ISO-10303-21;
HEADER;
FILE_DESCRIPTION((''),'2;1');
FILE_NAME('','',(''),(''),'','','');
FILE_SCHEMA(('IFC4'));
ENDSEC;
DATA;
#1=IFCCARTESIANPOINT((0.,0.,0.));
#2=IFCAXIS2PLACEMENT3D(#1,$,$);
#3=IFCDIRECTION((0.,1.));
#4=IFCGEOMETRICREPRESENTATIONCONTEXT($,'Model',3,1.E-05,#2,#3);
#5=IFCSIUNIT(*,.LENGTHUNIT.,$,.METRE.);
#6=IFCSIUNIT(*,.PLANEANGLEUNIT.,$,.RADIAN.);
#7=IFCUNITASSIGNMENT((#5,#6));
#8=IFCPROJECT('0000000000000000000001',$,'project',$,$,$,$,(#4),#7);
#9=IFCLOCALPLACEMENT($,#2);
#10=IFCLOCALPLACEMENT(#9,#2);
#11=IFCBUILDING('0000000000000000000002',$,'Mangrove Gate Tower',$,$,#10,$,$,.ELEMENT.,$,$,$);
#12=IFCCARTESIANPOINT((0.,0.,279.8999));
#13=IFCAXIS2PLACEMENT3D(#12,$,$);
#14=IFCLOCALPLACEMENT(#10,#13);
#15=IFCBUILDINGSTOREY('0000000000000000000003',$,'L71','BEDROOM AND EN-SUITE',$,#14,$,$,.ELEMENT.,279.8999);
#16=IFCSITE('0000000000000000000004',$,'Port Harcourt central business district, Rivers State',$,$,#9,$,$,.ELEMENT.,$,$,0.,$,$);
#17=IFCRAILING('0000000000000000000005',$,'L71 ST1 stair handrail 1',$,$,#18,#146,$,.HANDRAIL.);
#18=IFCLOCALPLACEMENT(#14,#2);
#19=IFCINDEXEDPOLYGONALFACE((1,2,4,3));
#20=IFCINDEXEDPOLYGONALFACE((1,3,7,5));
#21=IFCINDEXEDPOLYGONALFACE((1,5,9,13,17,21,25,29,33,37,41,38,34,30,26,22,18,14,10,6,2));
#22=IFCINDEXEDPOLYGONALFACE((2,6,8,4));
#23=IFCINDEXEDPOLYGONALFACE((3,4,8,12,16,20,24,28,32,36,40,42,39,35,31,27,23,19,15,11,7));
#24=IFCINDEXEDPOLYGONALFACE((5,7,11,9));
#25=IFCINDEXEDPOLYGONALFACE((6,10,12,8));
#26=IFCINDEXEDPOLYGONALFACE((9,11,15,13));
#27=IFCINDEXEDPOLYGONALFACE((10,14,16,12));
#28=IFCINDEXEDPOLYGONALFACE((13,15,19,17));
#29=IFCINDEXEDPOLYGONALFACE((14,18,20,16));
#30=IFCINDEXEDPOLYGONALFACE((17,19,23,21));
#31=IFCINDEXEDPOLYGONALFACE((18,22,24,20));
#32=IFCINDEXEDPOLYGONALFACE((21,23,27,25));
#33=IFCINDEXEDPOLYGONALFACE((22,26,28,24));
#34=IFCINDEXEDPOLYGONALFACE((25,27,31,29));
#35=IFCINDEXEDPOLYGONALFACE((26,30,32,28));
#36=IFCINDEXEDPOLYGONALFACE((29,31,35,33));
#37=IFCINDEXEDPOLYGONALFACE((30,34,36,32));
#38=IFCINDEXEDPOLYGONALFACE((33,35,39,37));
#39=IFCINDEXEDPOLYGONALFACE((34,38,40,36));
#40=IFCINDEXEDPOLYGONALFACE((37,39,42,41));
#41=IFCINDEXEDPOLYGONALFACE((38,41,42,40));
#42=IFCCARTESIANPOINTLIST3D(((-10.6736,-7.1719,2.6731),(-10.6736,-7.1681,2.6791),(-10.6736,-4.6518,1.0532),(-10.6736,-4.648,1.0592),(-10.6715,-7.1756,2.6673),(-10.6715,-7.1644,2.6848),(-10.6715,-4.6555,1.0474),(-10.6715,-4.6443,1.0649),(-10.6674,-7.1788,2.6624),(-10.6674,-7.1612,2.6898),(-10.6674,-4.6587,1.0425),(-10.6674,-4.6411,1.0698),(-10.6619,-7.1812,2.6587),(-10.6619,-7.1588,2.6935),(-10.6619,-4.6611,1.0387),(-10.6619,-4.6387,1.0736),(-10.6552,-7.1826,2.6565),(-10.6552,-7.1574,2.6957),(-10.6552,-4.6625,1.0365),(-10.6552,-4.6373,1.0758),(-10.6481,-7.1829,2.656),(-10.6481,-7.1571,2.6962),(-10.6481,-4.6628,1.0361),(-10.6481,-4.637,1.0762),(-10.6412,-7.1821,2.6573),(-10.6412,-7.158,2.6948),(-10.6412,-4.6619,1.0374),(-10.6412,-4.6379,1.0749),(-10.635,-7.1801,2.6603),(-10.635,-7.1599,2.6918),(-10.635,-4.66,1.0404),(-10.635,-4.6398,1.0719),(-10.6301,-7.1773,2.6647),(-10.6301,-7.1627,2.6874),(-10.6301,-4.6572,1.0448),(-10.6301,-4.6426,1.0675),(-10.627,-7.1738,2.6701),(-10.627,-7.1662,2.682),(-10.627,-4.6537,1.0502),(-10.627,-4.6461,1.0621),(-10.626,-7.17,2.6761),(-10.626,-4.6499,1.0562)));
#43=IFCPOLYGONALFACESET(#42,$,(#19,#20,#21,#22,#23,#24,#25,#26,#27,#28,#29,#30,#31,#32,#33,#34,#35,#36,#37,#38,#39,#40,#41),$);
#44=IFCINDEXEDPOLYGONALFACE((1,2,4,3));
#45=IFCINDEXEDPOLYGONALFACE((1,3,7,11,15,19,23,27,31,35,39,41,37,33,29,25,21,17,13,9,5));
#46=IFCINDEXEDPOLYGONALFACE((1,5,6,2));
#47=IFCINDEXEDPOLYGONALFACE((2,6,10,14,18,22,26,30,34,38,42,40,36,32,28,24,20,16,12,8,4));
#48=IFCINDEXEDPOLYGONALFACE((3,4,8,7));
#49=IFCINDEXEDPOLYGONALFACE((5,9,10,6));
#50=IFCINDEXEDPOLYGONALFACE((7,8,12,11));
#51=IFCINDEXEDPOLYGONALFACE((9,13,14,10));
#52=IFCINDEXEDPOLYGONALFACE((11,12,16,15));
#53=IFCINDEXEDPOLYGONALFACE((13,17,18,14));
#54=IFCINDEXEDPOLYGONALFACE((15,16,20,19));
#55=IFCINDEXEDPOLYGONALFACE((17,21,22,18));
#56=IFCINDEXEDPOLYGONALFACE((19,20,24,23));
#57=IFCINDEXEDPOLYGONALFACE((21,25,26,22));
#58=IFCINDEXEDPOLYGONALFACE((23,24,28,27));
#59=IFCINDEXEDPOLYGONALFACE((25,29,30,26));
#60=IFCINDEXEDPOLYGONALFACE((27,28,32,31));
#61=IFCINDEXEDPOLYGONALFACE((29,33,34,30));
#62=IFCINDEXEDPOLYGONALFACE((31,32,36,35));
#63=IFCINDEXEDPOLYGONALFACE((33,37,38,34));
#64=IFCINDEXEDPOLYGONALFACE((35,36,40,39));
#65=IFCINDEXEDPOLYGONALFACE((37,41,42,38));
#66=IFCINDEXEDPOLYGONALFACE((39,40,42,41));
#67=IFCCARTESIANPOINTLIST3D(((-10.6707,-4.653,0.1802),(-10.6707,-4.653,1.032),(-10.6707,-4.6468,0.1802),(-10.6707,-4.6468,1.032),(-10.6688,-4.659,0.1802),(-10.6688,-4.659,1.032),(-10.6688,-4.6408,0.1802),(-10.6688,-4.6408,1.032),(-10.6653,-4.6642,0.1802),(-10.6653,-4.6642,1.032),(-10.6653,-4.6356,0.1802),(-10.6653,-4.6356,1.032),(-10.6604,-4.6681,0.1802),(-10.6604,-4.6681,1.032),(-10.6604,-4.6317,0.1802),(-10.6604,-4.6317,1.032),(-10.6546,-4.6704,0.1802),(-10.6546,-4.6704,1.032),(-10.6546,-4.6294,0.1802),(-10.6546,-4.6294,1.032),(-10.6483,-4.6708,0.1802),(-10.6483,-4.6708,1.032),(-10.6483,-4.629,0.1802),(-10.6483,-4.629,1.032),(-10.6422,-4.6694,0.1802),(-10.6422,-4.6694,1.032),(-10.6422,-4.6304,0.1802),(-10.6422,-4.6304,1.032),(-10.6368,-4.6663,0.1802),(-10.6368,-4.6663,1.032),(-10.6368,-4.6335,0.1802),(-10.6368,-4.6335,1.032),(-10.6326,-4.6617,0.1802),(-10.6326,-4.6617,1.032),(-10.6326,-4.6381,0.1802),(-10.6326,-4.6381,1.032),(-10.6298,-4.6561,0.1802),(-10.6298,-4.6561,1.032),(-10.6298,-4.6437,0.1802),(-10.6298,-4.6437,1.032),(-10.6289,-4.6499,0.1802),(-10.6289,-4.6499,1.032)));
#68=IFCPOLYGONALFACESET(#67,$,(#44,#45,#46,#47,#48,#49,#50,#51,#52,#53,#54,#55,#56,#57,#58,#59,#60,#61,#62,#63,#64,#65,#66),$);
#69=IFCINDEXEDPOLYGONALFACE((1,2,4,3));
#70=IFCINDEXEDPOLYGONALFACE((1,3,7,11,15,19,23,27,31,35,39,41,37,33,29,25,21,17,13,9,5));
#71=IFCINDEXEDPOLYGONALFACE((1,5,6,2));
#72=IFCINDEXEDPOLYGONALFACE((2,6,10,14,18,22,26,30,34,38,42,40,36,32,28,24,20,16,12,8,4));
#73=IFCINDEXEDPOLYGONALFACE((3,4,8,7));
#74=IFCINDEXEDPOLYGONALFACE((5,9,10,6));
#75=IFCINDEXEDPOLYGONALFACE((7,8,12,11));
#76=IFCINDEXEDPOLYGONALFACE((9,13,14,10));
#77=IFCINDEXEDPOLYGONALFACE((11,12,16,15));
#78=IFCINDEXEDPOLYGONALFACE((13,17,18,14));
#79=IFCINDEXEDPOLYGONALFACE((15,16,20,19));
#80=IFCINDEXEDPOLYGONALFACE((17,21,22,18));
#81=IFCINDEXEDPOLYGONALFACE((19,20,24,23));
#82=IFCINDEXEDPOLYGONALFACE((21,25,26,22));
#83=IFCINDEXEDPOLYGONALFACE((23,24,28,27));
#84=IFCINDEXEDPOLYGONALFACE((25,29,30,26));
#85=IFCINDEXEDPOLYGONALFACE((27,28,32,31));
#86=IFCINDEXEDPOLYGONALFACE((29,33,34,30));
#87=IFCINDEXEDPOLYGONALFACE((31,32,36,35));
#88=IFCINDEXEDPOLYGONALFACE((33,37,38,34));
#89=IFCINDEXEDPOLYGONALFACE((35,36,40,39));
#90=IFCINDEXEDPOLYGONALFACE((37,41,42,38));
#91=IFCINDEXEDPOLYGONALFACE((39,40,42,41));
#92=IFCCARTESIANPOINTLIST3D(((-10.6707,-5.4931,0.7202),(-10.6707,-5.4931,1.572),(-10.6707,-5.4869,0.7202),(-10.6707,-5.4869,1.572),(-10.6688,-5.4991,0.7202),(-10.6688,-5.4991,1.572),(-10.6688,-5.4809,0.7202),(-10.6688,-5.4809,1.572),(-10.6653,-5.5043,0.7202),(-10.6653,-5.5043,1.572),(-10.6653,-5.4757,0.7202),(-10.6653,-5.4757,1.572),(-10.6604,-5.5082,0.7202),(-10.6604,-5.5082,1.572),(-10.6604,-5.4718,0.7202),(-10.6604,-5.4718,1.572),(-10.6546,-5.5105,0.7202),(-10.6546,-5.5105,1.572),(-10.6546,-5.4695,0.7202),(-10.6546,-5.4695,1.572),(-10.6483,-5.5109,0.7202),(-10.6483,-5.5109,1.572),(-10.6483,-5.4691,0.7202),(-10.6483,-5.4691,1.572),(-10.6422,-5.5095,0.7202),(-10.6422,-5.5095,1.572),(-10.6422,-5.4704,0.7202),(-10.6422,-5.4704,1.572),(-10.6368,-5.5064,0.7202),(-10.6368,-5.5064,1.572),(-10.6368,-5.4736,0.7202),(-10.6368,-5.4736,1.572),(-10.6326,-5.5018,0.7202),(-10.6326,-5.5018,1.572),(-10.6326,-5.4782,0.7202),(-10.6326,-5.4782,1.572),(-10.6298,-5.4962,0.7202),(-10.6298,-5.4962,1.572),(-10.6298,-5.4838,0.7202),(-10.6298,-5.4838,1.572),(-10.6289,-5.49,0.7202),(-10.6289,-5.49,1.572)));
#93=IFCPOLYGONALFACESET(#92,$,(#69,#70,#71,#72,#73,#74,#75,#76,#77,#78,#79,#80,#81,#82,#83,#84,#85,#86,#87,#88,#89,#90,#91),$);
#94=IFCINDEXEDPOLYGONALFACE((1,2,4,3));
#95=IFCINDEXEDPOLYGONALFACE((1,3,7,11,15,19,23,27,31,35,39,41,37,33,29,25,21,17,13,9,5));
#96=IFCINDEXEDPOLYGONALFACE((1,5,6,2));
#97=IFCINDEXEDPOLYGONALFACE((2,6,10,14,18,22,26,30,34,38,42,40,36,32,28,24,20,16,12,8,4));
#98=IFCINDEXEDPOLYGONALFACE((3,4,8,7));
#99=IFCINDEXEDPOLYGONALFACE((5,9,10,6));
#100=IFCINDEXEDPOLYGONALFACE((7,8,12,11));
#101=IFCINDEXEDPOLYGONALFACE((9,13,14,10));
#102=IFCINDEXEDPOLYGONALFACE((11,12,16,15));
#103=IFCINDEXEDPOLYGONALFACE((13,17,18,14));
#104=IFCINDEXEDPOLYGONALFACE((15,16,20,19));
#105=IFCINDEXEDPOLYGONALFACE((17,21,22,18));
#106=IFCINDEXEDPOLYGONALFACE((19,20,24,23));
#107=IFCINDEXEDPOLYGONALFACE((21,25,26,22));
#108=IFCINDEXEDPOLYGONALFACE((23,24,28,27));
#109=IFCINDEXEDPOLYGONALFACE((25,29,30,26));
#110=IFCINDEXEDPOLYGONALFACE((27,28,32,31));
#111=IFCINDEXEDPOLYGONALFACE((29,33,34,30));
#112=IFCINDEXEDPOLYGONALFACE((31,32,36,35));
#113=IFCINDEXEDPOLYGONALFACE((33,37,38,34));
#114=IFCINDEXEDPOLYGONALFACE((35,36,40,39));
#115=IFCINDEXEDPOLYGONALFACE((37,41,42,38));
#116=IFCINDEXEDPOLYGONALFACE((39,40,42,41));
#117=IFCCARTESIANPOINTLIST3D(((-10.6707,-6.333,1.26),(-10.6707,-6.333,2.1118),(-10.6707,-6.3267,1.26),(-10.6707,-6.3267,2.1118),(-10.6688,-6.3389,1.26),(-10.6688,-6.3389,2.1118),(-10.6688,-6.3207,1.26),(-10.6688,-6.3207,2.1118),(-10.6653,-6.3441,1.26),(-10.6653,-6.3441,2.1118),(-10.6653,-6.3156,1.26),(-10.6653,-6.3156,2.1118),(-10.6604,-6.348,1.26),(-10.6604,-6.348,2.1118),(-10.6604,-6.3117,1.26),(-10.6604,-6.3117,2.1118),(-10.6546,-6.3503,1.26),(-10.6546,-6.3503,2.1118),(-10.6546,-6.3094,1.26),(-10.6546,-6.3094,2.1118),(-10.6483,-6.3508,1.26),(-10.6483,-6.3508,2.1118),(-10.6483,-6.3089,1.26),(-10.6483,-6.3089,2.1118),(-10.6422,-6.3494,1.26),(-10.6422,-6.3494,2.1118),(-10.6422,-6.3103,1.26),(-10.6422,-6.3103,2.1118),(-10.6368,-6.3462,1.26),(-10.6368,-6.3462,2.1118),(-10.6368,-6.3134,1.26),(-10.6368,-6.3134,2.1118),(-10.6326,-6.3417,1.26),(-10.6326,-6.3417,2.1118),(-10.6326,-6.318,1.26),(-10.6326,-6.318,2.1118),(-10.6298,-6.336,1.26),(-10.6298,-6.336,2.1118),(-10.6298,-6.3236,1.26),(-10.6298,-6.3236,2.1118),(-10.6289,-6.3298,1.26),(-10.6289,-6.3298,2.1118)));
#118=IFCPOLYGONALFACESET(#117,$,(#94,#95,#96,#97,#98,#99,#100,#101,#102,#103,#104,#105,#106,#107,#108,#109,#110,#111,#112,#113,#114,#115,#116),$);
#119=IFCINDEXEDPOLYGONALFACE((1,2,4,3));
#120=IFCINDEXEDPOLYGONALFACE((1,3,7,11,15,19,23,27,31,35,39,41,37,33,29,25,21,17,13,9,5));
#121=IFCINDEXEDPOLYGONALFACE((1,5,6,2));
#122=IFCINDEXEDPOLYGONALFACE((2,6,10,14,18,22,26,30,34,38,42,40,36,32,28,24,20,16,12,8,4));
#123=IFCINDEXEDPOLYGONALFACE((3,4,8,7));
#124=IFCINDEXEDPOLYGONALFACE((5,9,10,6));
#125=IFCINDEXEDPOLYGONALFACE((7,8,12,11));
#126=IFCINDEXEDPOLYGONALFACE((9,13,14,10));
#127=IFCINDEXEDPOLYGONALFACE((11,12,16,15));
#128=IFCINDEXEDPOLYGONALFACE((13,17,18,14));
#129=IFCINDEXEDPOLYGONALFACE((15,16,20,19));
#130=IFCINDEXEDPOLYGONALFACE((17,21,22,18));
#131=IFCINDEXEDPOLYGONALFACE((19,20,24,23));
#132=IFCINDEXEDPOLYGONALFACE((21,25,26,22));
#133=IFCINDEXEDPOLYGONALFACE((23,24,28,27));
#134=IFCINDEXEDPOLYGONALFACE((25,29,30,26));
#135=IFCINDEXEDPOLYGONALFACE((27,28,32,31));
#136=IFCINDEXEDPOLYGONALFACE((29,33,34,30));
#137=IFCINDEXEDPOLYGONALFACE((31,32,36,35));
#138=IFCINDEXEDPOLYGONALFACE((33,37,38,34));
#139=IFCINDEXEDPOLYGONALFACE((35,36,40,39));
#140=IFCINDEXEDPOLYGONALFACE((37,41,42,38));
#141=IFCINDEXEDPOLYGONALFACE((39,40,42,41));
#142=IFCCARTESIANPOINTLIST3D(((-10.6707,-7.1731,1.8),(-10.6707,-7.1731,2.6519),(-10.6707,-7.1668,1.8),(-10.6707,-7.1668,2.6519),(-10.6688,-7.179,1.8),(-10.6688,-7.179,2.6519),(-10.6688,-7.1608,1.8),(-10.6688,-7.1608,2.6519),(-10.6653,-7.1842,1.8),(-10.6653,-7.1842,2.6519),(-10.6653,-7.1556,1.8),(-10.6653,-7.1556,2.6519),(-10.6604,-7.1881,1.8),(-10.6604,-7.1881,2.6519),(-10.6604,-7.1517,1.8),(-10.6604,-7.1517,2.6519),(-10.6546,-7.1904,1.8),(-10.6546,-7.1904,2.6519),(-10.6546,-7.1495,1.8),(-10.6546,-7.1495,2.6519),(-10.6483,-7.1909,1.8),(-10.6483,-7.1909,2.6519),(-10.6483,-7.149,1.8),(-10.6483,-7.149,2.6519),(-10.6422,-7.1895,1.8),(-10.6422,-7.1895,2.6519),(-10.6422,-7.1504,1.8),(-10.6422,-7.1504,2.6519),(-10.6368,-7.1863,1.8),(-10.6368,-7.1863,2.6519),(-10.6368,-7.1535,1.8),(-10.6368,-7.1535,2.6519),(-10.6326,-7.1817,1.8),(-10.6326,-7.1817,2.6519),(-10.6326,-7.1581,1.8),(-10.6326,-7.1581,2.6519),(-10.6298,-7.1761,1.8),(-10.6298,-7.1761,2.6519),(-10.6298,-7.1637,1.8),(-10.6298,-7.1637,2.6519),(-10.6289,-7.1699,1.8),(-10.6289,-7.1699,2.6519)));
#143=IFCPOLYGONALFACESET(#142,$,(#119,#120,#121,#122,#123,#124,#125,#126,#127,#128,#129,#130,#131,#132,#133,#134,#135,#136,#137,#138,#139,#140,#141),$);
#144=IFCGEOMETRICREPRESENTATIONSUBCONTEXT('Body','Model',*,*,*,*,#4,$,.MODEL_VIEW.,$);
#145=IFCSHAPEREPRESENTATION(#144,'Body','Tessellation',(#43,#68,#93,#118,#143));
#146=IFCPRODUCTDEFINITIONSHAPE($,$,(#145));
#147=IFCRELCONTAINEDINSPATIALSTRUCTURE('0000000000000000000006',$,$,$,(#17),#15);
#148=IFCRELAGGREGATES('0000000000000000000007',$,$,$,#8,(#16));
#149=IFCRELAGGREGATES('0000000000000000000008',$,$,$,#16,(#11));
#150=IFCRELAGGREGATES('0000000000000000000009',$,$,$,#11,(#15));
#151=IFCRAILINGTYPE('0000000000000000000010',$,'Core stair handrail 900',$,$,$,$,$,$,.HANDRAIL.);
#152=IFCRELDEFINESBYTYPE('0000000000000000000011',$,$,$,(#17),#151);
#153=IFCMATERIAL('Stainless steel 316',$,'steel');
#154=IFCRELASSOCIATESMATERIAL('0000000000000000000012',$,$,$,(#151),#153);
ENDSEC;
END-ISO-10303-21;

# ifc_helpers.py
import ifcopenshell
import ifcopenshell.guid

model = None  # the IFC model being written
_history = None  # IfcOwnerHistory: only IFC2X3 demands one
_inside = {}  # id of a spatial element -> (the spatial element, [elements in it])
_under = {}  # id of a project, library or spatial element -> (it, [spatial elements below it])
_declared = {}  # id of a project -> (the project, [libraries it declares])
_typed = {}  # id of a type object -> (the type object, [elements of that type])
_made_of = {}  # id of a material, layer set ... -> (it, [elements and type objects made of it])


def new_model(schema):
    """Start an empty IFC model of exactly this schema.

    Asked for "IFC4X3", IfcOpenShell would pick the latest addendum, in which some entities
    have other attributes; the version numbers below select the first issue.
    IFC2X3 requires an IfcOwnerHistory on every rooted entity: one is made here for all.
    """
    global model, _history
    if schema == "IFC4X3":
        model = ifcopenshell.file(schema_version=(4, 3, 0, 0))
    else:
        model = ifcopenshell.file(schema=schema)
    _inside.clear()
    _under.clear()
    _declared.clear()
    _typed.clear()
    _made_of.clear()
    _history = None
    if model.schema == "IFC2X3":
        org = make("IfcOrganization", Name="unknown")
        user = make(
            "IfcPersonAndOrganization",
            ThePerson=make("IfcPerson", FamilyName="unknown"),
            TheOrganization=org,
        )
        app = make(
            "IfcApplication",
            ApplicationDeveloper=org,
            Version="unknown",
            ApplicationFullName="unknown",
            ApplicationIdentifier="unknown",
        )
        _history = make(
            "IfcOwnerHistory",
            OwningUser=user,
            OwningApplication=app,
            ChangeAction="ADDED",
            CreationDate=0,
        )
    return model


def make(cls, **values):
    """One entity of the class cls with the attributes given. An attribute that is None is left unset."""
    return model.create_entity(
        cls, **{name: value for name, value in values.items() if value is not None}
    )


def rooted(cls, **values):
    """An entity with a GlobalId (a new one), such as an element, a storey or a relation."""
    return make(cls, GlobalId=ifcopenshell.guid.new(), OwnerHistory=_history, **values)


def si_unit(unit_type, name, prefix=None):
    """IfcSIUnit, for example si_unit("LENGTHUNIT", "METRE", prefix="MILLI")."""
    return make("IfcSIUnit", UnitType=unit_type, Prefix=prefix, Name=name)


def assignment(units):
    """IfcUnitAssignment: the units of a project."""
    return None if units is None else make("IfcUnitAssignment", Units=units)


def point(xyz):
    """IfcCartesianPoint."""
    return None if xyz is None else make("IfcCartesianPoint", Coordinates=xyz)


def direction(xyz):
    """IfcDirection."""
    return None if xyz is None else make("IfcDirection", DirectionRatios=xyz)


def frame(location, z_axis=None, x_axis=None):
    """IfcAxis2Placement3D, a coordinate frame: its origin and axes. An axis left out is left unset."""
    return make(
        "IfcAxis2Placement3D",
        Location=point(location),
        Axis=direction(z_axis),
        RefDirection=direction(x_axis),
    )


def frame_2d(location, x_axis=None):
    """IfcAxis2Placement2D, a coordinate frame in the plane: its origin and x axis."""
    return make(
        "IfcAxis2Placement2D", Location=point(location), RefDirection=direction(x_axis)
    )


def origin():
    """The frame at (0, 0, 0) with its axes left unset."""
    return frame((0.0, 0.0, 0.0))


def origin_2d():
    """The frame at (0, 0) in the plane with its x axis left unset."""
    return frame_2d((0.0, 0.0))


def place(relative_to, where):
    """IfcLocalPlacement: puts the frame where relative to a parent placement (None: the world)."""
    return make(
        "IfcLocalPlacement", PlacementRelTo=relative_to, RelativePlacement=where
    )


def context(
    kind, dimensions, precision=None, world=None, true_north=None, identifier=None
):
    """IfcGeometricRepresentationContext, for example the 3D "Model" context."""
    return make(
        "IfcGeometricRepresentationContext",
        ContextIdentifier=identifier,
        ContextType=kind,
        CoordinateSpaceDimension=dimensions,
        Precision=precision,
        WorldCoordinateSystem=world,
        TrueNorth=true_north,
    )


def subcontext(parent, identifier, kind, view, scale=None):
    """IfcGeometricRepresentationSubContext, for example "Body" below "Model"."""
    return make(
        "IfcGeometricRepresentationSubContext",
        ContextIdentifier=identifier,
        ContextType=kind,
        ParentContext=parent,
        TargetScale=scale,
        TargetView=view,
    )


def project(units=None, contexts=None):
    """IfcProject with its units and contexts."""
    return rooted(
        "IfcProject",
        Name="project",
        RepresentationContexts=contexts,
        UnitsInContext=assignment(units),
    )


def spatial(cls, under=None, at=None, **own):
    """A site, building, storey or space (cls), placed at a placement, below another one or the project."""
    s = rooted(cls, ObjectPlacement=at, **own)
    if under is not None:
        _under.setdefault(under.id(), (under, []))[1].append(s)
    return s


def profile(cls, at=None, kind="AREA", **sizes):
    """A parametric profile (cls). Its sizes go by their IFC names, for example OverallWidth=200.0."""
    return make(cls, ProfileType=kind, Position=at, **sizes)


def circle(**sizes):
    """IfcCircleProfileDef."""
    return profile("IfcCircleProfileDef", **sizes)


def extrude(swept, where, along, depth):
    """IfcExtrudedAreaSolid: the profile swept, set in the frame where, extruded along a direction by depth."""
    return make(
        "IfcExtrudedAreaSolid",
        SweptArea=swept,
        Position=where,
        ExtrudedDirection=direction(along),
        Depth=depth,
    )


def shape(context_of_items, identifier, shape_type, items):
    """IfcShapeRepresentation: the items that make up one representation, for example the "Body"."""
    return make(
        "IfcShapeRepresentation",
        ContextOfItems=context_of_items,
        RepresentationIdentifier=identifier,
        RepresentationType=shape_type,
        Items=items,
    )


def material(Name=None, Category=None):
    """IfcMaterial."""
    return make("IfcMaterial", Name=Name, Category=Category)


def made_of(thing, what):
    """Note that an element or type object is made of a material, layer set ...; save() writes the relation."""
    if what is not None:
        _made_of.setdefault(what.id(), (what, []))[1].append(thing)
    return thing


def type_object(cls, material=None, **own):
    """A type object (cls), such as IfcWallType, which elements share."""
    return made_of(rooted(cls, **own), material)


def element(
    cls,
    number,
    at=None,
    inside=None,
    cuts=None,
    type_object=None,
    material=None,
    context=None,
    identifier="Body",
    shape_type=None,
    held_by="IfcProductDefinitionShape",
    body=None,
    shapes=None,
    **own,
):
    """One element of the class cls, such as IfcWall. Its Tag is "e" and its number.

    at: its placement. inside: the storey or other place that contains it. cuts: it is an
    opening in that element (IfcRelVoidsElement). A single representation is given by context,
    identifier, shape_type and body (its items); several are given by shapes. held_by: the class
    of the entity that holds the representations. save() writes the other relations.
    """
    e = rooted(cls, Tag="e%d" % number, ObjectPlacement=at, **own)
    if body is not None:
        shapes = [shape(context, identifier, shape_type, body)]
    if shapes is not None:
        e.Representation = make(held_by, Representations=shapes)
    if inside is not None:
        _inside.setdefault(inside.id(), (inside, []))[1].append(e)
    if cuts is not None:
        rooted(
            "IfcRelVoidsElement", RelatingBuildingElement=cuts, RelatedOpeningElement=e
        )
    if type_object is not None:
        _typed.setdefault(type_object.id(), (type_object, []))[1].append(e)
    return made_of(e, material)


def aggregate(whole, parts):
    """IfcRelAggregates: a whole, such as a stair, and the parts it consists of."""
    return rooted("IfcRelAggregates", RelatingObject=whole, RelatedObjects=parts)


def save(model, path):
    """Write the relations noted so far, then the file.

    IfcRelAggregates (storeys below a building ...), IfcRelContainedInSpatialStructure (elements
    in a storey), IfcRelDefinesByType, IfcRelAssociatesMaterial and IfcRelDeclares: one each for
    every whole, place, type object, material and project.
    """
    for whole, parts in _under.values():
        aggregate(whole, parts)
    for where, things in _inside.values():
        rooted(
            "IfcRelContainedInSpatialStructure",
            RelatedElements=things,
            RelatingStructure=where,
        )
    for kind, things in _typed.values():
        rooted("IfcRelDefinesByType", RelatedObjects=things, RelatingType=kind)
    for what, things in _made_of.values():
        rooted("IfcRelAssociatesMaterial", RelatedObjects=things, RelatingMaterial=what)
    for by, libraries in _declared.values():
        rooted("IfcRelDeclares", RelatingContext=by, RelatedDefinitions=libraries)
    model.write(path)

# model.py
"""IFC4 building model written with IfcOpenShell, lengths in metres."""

from ifc_helpers import new_model, si_unit, direction, frame, origin, origin_2d, place, context, subcontext, project, spatial, circle, extrude, material, type_object, element, save


model = new_model("IFC4")

# Units and contexts
model_context = context("Model", 3, precision=1e-05, world=origin(), true_north=direction((0.0, 1.0)))
body_context = subcontext(model_context, "Body", "Model", "MODEL_VIEW")
ifc_project = project(units=[si_unit("LENGTHUNIT", "METRE"), si_unit("PLANEANGLEUNIT", "RADIAN")], contexts=[model_context])

# Site, building, storey
site_placement = place(None, origin())
site = spatial("IfcSite", under=ifc_project, at=site_placement, Name="Port Harcourt central business district, Rivers State", CompositionType="ELEMENT", RefElevation=0.0)
building_placement = place(site_placement, origin())
building = spatial("IfcBuilding", under=site, at=building_placement, Name="Mangrove Gate Tower", CompositionType="ELEMENT")
storey_placement = place(building_placement, frame((0.0, 0.0, 279.8999)))
storey = spatial("IfcBuildingStorey", under=building, at=storey_placement, Name="L71", Description="BEDROOM AND EN-SUITE", CompositionType="ELEMENT", Elevation=279.8999)

# Railing
ifc_material_1 = material(Name="Stainless steel 316", Category="steel")
railing_type_1 = type_object("IfcRailingType", Name="Core stair handrail 900", PredefinedType="HANDRAIL", material=ifc_material_1)
railing_1_placement = place(storey_placement, frame((-10.6499, -4.6499, 0.1802)))
element("IfcRailing", 1, at=railing_1_placement, inside=storey, type_object=railing_type_1, Name="L71 ST1 stair handrail 1", PredefinedType="HANDRAIL", context=body_context, shape_type="SweptSolid", body=[
    extrude(circle(Radius=0.0239, at=origin_2d()), frame((0.0, 0.0, 0.876), z_axis=(0.0, -0.8412, 0.540725), x_axis=(1.0, 0.0, 0.0)), (0.0, 0.0, 1.0), 2.9958),
    extrude(circle(Radius=0.021, at=origin_2d()), origin(), (0.0, 0.0, 1.0), 0.8518),
    extrude(circle(Radius=0.021, at=origin_2d()), frame((0.0, -0.8401, 0.54)), (0.0, 0.0, 1.0), 0.8518),
    extrude(circle(Radius=0.021, at=origin_2d()), frame((0.0, -1.6799, 1.0798)), (0.0, 0.0, 1.0), 0.8518),
    extrude(circle(Radius=0.021, at=origin_2d()), frame((0.0, -2.52, 1.6199)), (0.0, 0.0, 1.0), 0.8518),
])

save(model, "model.ifc")
